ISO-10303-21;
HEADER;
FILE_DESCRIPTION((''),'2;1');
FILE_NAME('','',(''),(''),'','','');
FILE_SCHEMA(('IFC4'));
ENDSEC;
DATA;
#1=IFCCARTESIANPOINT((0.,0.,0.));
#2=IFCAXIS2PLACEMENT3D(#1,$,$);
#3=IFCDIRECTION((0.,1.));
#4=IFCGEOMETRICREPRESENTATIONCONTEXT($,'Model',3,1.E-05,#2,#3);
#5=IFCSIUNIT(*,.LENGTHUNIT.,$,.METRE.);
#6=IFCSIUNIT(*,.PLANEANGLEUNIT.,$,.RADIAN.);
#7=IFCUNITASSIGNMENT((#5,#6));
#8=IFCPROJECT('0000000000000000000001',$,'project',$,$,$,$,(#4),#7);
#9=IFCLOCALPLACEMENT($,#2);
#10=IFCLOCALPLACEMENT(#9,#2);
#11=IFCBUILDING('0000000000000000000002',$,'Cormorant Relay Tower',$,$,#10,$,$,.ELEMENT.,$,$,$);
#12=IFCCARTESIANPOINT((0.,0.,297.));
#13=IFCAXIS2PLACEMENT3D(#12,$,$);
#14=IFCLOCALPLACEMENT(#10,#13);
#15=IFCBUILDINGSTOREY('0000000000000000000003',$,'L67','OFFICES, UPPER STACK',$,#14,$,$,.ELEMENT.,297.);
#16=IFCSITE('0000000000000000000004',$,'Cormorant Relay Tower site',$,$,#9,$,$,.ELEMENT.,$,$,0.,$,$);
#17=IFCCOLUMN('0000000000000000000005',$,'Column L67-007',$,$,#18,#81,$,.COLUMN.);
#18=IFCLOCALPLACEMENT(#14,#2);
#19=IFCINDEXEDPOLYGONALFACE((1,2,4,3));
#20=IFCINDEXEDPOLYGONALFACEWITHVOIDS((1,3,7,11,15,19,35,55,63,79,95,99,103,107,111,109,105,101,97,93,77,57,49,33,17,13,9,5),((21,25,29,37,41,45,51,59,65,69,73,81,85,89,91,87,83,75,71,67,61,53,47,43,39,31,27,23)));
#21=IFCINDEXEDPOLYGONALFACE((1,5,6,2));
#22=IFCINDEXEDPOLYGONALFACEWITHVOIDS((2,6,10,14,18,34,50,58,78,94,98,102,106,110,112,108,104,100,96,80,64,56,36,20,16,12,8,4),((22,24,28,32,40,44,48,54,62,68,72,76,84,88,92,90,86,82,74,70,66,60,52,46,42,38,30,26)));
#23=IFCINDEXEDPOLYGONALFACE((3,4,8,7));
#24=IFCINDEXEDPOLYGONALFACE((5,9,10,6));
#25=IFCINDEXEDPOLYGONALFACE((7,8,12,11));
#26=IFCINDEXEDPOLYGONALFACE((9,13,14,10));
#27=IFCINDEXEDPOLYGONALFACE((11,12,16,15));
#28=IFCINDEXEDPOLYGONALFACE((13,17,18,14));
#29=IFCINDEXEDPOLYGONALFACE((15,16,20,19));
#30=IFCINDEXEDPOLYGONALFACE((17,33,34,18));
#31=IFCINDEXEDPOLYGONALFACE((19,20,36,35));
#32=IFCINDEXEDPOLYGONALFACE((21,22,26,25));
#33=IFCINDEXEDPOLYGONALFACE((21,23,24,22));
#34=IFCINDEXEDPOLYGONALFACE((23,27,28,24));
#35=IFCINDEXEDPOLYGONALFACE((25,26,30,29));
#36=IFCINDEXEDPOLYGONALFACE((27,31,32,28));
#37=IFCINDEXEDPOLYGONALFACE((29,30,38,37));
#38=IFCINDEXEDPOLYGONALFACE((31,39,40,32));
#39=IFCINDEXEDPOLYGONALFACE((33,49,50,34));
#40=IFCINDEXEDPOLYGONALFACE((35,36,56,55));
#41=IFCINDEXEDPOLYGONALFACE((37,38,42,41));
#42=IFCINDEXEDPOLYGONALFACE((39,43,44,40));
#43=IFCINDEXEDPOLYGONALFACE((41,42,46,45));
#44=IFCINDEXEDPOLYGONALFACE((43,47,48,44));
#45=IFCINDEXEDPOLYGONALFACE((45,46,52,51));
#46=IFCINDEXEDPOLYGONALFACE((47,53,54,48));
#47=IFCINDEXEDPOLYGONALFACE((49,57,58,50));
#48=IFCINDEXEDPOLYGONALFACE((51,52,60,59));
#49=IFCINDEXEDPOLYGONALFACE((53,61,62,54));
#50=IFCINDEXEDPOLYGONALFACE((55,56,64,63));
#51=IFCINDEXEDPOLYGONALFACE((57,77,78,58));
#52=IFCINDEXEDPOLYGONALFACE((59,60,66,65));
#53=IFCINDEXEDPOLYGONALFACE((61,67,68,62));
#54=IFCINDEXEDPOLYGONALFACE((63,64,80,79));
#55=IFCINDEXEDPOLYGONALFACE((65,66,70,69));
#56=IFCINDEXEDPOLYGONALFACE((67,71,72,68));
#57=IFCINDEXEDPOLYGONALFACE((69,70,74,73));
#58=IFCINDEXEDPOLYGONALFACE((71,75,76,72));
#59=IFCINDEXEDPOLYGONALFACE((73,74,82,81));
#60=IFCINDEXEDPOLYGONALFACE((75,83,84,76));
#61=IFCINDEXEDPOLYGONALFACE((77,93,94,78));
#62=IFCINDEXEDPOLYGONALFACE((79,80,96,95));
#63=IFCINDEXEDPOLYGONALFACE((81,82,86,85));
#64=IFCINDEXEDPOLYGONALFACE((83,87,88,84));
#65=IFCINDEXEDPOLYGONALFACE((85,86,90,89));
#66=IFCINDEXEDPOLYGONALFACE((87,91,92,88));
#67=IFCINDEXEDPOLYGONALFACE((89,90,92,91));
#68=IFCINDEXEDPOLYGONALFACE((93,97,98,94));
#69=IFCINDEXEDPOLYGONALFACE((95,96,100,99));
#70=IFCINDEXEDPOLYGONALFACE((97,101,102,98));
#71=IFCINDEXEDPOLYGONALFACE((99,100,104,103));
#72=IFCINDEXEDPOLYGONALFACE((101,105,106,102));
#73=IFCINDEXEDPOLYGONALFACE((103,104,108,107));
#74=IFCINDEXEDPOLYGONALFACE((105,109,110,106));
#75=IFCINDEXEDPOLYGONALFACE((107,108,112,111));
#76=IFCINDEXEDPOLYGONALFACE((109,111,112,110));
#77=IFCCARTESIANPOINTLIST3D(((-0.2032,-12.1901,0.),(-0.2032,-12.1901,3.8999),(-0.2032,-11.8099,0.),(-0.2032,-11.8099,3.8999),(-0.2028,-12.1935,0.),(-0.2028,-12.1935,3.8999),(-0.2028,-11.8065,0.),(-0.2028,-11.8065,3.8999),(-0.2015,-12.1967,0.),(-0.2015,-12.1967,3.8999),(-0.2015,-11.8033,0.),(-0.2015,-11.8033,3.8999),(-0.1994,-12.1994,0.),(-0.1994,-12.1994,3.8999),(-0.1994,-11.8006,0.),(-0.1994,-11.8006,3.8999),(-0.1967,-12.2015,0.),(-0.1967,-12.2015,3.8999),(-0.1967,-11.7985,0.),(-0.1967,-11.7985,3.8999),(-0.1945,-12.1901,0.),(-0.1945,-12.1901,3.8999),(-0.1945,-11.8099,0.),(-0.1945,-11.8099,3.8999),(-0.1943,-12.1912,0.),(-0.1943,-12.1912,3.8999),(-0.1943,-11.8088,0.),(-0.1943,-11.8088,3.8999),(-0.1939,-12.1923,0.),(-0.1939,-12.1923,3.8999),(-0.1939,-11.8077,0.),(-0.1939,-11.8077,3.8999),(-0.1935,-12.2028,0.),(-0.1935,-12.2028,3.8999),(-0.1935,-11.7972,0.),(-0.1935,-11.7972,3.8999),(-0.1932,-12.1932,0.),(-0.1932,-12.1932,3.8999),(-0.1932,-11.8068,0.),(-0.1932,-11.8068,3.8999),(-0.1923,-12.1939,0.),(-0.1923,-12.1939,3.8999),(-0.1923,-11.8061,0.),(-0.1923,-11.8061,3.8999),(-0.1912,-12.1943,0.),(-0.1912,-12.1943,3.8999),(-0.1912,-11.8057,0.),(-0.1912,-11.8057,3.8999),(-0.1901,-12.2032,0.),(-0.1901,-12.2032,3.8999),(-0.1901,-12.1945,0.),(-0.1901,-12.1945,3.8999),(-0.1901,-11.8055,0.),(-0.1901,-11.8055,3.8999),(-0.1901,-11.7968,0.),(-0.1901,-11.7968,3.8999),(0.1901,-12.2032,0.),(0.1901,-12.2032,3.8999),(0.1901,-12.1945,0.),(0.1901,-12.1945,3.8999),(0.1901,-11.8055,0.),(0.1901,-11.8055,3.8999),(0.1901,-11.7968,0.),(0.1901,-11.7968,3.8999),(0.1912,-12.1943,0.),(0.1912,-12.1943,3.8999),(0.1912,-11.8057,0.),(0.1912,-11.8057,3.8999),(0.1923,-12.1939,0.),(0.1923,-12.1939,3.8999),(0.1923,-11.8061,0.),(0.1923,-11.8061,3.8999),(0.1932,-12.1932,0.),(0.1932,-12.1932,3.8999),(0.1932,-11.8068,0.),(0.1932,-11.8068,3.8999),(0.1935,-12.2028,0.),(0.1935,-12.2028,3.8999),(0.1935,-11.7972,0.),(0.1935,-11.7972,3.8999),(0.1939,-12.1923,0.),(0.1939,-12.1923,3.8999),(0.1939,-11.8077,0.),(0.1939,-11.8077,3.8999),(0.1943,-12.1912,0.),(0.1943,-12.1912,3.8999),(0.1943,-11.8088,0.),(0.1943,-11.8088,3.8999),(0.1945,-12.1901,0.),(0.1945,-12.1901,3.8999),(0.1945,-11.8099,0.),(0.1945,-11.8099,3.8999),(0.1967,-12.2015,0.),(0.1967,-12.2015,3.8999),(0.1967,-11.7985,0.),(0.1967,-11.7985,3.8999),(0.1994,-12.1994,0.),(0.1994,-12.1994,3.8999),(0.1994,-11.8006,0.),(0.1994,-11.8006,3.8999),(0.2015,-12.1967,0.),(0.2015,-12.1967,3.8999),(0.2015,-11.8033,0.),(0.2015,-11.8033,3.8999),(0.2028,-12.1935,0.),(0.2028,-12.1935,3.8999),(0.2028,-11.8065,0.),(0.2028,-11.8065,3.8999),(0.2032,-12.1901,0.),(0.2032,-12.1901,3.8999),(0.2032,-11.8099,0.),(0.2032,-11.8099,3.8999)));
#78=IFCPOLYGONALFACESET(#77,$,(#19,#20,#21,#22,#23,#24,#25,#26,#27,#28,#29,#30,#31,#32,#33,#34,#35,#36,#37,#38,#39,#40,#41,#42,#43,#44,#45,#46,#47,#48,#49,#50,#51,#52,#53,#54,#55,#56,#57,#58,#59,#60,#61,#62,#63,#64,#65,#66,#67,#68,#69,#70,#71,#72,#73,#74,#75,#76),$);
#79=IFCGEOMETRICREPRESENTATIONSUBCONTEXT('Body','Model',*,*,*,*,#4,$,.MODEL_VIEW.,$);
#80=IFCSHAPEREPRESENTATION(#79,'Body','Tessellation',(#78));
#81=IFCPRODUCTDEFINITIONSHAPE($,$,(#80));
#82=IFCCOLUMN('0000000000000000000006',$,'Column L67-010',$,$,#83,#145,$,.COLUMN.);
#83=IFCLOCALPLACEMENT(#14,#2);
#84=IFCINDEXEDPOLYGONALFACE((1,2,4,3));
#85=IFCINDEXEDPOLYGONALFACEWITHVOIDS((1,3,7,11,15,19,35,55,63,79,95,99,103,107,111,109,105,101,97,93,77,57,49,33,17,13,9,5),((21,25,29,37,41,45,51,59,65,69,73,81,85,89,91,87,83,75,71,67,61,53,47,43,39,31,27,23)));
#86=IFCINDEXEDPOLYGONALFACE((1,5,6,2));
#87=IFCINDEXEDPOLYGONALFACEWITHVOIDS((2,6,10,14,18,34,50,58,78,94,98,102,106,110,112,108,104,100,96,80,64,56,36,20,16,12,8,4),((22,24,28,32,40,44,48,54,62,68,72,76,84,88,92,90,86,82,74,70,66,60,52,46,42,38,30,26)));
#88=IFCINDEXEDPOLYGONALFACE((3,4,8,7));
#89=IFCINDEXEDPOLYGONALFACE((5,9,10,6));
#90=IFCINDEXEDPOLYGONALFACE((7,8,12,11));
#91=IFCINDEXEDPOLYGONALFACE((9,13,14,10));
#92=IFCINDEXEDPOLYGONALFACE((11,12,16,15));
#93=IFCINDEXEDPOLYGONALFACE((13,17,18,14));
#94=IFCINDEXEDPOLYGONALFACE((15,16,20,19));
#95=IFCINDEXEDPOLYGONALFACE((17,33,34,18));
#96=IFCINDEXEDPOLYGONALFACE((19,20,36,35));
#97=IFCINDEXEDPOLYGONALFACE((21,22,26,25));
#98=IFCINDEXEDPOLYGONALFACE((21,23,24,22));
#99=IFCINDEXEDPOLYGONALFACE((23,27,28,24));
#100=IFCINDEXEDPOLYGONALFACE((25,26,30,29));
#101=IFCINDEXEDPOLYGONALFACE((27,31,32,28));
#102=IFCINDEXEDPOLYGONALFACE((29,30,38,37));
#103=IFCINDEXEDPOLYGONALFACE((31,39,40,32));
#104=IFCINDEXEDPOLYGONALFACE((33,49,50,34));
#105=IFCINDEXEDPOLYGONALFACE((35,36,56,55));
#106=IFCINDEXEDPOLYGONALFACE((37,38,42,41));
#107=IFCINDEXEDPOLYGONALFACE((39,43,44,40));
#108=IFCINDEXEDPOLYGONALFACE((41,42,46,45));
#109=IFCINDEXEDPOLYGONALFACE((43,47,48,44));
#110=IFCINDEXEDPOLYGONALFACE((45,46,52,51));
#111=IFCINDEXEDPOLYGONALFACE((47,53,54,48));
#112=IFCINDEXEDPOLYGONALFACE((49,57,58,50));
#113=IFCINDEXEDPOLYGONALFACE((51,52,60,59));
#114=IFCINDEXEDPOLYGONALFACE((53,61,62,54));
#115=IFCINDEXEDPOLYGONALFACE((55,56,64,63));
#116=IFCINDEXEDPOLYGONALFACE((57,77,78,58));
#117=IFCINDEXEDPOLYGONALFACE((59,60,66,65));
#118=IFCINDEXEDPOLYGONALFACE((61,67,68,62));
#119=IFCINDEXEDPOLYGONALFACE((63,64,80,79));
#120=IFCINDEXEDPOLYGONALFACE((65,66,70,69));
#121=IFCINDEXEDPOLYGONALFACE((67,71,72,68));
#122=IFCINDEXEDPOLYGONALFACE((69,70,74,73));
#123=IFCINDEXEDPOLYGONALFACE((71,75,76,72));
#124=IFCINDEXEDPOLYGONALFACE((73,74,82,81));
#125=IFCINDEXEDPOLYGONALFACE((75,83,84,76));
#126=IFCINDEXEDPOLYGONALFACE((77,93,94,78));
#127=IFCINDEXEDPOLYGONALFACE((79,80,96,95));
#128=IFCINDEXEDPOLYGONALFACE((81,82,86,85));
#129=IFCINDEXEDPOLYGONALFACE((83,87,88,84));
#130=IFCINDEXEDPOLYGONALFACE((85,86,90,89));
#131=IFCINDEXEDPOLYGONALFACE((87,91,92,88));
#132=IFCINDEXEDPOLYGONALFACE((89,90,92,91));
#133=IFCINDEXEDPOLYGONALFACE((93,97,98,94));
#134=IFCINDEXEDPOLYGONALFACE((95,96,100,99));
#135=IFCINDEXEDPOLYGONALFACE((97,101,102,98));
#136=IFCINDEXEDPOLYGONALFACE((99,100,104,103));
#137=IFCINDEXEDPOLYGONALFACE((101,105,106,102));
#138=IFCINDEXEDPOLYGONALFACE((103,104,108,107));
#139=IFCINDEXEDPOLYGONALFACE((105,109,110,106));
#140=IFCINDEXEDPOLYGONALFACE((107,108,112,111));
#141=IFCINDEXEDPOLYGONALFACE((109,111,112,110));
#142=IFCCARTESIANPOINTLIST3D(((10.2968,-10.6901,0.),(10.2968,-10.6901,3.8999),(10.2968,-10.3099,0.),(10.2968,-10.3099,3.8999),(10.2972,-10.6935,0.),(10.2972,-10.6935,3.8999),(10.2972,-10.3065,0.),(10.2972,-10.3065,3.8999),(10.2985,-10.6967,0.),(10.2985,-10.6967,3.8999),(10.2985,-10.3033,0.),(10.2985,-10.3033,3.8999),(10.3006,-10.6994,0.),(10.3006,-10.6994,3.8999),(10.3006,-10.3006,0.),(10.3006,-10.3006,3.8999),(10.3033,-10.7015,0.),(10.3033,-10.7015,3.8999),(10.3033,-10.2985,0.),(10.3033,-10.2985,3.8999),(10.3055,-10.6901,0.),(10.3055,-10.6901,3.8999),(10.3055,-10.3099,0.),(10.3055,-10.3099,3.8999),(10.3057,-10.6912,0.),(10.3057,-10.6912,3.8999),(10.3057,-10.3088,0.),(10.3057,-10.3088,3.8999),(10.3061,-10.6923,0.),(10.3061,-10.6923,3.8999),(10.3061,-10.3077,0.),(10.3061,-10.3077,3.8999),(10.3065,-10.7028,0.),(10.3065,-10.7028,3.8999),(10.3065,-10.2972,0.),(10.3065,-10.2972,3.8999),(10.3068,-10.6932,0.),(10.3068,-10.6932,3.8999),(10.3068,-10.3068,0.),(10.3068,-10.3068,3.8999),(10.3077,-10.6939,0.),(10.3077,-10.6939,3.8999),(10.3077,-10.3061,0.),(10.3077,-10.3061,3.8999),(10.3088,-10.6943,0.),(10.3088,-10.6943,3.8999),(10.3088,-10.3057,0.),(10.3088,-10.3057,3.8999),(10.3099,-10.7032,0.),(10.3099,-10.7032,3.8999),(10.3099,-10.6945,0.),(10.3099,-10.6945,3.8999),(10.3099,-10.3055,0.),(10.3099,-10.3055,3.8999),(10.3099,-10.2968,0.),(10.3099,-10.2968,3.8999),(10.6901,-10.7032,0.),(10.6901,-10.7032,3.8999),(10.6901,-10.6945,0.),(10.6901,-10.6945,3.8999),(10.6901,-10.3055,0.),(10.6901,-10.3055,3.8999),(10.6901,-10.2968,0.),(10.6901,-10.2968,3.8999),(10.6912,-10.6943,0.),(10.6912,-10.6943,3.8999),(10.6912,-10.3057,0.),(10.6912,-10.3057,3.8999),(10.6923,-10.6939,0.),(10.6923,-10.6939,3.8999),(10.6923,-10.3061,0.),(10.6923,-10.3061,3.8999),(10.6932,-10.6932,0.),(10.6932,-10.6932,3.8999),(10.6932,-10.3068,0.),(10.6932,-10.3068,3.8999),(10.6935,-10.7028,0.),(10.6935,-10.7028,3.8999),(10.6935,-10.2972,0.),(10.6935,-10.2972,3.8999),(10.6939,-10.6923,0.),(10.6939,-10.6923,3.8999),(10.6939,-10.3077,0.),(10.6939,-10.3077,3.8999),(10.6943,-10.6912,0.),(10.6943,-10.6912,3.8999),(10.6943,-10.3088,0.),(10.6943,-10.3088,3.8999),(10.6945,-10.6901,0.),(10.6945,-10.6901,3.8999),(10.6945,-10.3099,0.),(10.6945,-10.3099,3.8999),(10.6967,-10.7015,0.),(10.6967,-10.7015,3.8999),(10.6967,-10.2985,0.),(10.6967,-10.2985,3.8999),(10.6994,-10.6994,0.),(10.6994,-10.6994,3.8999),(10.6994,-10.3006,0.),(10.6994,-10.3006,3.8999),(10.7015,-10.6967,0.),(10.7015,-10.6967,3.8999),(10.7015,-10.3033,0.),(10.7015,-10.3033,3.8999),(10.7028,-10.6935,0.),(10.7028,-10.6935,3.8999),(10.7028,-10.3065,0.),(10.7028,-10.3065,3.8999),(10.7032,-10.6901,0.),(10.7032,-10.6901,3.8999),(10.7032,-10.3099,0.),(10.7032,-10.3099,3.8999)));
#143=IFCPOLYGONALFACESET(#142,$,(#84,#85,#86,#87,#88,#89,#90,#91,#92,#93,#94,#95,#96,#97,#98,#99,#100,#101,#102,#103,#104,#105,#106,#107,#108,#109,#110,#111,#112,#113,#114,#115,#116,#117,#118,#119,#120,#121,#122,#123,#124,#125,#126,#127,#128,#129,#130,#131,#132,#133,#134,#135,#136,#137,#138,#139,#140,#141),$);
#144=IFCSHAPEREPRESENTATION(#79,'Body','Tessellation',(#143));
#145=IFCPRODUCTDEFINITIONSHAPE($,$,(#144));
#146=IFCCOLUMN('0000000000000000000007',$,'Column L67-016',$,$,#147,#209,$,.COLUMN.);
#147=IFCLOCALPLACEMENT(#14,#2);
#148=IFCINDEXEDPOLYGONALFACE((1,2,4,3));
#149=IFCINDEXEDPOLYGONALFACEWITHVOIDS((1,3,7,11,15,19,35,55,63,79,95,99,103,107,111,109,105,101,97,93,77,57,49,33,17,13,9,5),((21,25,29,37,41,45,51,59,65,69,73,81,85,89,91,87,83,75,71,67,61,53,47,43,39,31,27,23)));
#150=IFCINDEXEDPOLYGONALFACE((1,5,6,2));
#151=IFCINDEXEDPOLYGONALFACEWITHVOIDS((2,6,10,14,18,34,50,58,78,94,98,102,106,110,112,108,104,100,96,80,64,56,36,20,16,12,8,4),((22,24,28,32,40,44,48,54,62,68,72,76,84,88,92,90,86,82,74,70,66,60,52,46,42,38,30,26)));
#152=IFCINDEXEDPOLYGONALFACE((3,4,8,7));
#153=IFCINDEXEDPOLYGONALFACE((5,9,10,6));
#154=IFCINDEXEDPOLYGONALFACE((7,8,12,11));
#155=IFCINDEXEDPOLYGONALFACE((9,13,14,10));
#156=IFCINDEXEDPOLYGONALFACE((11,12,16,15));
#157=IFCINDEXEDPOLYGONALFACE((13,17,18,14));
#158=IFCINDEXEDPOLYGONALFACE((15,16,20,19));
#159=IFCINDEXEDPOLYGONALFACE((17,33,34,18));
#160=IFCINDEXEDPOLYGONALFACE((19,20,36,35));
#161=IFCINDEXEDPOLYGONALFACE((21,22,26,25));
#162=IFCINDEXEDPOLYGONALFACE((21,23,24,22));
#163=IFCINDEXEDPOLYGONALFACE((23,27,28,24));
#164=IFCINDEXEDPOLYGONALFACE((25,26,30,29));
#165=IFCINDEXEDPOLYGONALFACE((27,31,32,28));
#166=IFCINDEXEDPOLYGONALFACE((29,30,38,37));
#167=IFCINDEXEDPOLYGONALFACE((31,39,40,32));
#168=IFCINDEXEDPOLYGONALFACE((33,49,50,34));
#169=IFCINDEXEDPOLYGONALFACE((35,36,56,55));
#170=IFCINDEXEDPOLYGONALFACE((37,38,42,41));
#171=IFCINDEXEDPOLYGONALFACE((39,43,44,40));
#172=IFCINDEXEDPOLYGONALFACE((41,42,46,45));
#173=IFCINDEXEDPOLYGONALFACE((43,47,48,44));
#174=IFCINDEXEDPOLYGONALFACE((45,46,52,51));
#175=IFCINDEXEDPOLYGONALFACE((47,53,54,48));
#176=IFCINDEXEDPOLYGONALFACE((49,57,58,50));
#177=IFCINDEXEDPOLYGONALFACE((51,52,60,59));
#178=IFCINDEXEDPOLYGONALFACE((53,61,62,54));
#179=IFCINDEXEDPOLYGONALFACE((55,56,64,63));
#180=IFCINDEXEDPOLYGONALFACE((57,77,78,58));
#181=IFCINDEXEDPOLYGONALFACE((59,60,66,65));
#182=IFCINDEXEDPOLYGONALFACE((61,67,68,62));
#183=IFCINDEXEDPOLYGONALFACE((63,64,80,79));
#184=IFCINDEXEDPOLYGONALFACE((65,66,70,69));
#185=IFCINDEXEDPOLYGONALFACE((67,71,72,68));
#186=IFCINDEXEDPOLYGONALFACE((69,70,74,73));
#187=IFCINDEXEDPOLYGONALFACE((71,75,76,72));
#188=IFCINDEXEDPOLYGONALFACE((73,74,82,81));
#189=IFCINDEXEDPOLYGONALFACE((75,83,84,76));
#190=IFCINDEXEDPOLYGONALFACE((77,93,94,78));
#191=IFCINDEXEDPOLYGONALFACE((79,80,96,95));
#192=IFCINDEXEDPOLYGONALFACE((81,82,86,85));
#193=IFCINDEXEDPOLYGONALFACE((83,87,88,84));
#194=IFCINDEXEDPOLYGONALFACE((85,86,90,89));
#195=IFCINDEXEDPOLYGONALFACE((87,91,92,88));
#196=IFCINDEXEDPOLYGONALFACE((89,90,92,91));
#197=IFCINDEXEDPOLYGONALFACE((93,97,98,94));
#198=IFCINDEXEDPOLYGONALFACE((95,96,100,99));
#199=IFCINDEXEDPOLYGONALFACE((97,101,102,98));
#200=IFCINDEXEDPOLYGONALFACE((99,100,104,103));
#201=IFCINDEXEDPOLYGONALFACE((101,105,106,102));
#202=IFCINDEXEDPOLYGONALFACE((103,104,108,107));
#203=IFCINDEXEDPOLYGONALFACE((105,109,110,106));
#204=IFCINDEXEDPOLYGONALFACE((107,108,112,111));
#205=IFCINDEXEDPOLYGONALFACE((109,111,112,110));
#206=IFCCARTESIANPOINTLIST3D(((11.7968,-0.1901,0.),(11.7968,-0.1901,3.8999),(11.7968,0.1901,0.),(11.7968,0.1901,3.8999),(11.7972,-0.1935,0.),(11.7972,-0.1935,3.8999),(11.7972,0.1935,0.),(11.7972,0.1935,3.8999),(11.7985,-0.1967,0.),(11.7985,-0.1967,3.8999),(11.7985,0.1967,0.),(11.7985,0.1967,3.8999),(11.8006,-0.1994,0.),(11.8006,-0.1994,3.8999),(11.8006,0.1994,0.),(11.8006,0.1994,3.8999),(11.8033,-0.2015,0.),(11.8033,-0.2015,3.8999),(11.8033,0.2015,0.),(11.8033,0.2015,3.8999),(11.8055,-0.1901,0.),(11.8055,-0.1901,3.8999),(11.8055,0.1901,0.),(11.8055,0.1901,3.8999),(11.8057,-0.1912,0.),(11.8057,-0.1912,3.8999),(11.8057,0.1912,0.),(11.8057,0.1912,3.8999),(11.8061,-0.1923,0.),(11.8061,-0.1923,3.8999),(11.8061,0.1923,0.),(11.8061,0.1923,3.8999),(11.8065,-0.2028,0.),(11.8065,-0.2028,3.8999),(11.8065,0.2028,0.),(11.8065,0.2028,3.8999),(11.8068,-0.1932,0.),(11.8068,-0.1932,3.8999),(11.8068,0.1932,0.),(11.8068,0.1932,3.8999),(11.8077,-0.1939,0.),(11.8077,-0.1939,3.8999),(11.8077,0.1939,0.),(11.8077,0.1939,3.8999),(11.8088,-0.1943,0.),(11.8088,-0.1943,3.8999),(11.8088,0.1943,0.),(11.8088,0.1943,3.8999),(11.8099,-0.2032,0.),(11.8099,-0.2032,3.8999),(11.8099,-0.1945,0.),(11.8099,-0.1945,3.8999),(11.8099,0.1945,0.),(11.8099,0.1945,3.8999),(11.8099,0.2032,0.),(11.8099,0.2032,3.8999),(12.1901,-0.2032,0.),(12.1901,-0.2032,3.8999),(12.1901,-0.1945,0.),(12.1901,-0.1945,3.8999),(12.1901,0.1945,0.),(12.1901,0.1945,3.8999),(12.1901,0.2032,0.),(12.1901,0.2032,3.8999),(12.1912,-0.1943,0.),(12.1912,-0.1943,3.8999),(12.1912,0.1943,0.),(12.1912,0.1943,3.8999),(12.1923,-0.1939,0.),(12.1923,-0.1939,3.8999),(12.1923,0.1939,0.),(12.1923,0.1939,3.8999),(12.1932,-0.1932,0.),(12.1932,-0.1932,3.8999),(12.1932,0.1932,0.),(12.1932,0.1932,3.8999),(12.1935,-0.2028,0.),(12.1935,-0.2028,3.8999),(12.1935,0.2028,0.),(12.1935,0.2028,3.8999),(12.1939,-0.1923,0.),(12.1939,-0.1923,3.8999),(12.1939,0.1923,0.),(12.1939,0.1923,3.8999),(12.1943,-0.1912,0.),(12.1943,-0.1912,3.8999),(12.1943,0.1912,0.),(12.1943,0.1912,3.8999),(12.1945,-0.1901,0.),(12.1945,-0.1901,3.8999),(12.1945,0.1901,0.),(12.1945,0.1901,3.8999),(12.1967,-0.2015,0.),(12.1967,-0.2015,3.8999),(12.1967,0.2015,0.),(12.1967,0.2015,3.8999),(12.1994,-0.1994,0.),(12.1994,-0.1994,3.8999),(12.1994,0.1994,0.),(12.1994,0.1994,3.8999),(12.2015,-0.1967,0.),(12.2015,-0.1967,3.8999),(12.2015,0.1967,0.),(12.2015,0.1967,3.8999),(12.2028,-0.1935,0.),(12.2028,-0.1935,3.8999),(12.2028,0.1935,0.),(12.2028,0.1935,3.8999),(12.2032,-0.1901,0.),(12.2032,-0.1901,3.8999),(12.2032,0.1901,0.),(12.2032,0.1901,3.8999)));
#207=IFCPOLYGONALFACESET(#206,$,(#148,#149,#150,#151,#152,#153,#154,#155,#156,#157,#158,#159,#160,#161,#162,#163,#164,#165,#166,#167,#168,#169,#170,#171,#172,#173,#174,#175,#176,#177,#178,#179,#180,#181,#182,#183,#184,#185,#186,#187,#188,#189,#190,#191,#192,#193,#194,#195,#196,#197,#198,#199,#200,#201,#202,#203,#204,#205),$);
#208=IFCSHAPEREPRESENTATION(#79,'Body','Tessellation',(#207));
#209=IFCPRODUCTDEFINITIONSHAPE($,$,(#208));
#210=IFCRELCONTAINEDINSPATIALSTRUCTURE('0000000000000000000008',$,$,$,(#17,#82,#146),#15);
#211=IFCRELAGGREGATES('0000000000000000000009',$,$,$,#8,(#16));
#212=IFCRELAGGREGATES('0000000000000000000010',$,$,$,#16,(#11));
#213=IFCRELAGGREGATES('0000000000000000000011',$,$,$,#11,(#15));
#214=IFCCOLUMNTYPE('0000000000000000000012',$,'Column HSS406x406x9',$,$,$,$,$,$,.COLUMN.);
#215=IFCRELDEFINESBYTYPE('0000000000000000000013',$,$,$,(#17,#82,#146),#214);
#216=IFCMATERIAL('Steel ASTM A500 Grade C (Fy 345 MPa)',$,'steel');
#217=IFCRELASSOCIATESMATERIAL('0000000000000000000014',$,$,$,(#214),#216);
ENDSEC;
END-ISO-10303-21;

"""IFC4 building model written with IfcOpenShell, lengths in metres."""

from ifc_helpers import new_model, si_unit, direction, frame, origin, origin_2d, place, context, subcontext, project, spatial, hollow_rectangle, extrude, material, material_profile, profile_set, type_object, element, save


model = new_model("IFC4")

# Units and contexts
model_context = context("Model", 3, precision=1e-05, world=origin(), true_north=direction((0.0, 1.0)))
body_context = subcontext(model_context, "Body", "Model", "MODEL_VIEW")
ifc_project = project(units=[si_unit("LENGTHUNIT", "METRE"), si_unit("PLANEANGLEUNIT", "RADIAN")], contexts=[model_context])

# Site, building, storey
site_placement = place(None, origin())
site = spatial("IfcSite", under=ifc_project, at=site_placement, Name="Cormorant Relay Tower site", CompositionType="ELEMENT", RefElevation=0.0)
building_placement = place(site_placement, origin())
building = spatial("IfcBuilding", under=site, at=building_placement, Name="Cormorant Relay Tower", CompositionType="ELEMENT")
storey_placement = place(building_placement, frame((0.0, 0.0, 297.0)))
storey = spatial("IfcBuildingStorey", under=building, at=storey_placement, Name="L67", Description="OFFICES, UPPER STACK", CompositionType="ELEMENT", Elevation=297.0)

# Columns
ifc_material_1 = material(Name="Steel ASTM A500 Grade C (Fy 345 MPa)", Category="steel")
ifc_material_profile = material_profile(ifc_material_1, hollow_rectangle(XDim=0.4065, YDim=0.4065, WallThickness=0.0088, InnerFilletRadius=0.0044, OuterFilletRadius=0.0132, at=origin_2d()), Name="HSS406x406x9")
ifc_profile_set = profile_set([ifc_material_profile], Name="Steel ASTM A500 Grade C (Fy 345 MPa)")
column_type = type_object("IfcColumnType", Name="Column HSS406x406x9", PredefinedType="COLUMN", material=ifc_profile_set)
for number, where, z_axis, x_axis, name in (
    (1, (0.0, -12.0, 0.0), (0.0, 0.0, 1.0), (1.0, 0.0, 0.0), "Column L67-007"),
    (2, (10.5, -10.5, 0.0), (0.0, 0.0, 1.0), (1.0, 0.0, 0.0), "Column L67-010"),
    (3, (12.0, 0.0, 0.0), (0.0, 0.0, 1.0), (1.0, 0.0, 0.0), "Column L67-016"),
):
    element("IfcColumn", number, at=place(storey_placement, frame(where, z_axis=z_axis, x_axis=x_axis)), inside=storey, type_object=column_type, Name=name, PredefinedType="COLUMN", context=body_context, shape_type="SweptSolid", body=[
        extrude(hollow_rectangle(XDim=0.4065, YDim=0.4065, WallThickness=0.0088, InnerFilletRadius=0.0044, OuterFilletRadius=0.0132, at=origin_2d()), origin(), (0.0, 0.0, 1.0), 3.8999),
    ])

save(model, "model.ifc")
